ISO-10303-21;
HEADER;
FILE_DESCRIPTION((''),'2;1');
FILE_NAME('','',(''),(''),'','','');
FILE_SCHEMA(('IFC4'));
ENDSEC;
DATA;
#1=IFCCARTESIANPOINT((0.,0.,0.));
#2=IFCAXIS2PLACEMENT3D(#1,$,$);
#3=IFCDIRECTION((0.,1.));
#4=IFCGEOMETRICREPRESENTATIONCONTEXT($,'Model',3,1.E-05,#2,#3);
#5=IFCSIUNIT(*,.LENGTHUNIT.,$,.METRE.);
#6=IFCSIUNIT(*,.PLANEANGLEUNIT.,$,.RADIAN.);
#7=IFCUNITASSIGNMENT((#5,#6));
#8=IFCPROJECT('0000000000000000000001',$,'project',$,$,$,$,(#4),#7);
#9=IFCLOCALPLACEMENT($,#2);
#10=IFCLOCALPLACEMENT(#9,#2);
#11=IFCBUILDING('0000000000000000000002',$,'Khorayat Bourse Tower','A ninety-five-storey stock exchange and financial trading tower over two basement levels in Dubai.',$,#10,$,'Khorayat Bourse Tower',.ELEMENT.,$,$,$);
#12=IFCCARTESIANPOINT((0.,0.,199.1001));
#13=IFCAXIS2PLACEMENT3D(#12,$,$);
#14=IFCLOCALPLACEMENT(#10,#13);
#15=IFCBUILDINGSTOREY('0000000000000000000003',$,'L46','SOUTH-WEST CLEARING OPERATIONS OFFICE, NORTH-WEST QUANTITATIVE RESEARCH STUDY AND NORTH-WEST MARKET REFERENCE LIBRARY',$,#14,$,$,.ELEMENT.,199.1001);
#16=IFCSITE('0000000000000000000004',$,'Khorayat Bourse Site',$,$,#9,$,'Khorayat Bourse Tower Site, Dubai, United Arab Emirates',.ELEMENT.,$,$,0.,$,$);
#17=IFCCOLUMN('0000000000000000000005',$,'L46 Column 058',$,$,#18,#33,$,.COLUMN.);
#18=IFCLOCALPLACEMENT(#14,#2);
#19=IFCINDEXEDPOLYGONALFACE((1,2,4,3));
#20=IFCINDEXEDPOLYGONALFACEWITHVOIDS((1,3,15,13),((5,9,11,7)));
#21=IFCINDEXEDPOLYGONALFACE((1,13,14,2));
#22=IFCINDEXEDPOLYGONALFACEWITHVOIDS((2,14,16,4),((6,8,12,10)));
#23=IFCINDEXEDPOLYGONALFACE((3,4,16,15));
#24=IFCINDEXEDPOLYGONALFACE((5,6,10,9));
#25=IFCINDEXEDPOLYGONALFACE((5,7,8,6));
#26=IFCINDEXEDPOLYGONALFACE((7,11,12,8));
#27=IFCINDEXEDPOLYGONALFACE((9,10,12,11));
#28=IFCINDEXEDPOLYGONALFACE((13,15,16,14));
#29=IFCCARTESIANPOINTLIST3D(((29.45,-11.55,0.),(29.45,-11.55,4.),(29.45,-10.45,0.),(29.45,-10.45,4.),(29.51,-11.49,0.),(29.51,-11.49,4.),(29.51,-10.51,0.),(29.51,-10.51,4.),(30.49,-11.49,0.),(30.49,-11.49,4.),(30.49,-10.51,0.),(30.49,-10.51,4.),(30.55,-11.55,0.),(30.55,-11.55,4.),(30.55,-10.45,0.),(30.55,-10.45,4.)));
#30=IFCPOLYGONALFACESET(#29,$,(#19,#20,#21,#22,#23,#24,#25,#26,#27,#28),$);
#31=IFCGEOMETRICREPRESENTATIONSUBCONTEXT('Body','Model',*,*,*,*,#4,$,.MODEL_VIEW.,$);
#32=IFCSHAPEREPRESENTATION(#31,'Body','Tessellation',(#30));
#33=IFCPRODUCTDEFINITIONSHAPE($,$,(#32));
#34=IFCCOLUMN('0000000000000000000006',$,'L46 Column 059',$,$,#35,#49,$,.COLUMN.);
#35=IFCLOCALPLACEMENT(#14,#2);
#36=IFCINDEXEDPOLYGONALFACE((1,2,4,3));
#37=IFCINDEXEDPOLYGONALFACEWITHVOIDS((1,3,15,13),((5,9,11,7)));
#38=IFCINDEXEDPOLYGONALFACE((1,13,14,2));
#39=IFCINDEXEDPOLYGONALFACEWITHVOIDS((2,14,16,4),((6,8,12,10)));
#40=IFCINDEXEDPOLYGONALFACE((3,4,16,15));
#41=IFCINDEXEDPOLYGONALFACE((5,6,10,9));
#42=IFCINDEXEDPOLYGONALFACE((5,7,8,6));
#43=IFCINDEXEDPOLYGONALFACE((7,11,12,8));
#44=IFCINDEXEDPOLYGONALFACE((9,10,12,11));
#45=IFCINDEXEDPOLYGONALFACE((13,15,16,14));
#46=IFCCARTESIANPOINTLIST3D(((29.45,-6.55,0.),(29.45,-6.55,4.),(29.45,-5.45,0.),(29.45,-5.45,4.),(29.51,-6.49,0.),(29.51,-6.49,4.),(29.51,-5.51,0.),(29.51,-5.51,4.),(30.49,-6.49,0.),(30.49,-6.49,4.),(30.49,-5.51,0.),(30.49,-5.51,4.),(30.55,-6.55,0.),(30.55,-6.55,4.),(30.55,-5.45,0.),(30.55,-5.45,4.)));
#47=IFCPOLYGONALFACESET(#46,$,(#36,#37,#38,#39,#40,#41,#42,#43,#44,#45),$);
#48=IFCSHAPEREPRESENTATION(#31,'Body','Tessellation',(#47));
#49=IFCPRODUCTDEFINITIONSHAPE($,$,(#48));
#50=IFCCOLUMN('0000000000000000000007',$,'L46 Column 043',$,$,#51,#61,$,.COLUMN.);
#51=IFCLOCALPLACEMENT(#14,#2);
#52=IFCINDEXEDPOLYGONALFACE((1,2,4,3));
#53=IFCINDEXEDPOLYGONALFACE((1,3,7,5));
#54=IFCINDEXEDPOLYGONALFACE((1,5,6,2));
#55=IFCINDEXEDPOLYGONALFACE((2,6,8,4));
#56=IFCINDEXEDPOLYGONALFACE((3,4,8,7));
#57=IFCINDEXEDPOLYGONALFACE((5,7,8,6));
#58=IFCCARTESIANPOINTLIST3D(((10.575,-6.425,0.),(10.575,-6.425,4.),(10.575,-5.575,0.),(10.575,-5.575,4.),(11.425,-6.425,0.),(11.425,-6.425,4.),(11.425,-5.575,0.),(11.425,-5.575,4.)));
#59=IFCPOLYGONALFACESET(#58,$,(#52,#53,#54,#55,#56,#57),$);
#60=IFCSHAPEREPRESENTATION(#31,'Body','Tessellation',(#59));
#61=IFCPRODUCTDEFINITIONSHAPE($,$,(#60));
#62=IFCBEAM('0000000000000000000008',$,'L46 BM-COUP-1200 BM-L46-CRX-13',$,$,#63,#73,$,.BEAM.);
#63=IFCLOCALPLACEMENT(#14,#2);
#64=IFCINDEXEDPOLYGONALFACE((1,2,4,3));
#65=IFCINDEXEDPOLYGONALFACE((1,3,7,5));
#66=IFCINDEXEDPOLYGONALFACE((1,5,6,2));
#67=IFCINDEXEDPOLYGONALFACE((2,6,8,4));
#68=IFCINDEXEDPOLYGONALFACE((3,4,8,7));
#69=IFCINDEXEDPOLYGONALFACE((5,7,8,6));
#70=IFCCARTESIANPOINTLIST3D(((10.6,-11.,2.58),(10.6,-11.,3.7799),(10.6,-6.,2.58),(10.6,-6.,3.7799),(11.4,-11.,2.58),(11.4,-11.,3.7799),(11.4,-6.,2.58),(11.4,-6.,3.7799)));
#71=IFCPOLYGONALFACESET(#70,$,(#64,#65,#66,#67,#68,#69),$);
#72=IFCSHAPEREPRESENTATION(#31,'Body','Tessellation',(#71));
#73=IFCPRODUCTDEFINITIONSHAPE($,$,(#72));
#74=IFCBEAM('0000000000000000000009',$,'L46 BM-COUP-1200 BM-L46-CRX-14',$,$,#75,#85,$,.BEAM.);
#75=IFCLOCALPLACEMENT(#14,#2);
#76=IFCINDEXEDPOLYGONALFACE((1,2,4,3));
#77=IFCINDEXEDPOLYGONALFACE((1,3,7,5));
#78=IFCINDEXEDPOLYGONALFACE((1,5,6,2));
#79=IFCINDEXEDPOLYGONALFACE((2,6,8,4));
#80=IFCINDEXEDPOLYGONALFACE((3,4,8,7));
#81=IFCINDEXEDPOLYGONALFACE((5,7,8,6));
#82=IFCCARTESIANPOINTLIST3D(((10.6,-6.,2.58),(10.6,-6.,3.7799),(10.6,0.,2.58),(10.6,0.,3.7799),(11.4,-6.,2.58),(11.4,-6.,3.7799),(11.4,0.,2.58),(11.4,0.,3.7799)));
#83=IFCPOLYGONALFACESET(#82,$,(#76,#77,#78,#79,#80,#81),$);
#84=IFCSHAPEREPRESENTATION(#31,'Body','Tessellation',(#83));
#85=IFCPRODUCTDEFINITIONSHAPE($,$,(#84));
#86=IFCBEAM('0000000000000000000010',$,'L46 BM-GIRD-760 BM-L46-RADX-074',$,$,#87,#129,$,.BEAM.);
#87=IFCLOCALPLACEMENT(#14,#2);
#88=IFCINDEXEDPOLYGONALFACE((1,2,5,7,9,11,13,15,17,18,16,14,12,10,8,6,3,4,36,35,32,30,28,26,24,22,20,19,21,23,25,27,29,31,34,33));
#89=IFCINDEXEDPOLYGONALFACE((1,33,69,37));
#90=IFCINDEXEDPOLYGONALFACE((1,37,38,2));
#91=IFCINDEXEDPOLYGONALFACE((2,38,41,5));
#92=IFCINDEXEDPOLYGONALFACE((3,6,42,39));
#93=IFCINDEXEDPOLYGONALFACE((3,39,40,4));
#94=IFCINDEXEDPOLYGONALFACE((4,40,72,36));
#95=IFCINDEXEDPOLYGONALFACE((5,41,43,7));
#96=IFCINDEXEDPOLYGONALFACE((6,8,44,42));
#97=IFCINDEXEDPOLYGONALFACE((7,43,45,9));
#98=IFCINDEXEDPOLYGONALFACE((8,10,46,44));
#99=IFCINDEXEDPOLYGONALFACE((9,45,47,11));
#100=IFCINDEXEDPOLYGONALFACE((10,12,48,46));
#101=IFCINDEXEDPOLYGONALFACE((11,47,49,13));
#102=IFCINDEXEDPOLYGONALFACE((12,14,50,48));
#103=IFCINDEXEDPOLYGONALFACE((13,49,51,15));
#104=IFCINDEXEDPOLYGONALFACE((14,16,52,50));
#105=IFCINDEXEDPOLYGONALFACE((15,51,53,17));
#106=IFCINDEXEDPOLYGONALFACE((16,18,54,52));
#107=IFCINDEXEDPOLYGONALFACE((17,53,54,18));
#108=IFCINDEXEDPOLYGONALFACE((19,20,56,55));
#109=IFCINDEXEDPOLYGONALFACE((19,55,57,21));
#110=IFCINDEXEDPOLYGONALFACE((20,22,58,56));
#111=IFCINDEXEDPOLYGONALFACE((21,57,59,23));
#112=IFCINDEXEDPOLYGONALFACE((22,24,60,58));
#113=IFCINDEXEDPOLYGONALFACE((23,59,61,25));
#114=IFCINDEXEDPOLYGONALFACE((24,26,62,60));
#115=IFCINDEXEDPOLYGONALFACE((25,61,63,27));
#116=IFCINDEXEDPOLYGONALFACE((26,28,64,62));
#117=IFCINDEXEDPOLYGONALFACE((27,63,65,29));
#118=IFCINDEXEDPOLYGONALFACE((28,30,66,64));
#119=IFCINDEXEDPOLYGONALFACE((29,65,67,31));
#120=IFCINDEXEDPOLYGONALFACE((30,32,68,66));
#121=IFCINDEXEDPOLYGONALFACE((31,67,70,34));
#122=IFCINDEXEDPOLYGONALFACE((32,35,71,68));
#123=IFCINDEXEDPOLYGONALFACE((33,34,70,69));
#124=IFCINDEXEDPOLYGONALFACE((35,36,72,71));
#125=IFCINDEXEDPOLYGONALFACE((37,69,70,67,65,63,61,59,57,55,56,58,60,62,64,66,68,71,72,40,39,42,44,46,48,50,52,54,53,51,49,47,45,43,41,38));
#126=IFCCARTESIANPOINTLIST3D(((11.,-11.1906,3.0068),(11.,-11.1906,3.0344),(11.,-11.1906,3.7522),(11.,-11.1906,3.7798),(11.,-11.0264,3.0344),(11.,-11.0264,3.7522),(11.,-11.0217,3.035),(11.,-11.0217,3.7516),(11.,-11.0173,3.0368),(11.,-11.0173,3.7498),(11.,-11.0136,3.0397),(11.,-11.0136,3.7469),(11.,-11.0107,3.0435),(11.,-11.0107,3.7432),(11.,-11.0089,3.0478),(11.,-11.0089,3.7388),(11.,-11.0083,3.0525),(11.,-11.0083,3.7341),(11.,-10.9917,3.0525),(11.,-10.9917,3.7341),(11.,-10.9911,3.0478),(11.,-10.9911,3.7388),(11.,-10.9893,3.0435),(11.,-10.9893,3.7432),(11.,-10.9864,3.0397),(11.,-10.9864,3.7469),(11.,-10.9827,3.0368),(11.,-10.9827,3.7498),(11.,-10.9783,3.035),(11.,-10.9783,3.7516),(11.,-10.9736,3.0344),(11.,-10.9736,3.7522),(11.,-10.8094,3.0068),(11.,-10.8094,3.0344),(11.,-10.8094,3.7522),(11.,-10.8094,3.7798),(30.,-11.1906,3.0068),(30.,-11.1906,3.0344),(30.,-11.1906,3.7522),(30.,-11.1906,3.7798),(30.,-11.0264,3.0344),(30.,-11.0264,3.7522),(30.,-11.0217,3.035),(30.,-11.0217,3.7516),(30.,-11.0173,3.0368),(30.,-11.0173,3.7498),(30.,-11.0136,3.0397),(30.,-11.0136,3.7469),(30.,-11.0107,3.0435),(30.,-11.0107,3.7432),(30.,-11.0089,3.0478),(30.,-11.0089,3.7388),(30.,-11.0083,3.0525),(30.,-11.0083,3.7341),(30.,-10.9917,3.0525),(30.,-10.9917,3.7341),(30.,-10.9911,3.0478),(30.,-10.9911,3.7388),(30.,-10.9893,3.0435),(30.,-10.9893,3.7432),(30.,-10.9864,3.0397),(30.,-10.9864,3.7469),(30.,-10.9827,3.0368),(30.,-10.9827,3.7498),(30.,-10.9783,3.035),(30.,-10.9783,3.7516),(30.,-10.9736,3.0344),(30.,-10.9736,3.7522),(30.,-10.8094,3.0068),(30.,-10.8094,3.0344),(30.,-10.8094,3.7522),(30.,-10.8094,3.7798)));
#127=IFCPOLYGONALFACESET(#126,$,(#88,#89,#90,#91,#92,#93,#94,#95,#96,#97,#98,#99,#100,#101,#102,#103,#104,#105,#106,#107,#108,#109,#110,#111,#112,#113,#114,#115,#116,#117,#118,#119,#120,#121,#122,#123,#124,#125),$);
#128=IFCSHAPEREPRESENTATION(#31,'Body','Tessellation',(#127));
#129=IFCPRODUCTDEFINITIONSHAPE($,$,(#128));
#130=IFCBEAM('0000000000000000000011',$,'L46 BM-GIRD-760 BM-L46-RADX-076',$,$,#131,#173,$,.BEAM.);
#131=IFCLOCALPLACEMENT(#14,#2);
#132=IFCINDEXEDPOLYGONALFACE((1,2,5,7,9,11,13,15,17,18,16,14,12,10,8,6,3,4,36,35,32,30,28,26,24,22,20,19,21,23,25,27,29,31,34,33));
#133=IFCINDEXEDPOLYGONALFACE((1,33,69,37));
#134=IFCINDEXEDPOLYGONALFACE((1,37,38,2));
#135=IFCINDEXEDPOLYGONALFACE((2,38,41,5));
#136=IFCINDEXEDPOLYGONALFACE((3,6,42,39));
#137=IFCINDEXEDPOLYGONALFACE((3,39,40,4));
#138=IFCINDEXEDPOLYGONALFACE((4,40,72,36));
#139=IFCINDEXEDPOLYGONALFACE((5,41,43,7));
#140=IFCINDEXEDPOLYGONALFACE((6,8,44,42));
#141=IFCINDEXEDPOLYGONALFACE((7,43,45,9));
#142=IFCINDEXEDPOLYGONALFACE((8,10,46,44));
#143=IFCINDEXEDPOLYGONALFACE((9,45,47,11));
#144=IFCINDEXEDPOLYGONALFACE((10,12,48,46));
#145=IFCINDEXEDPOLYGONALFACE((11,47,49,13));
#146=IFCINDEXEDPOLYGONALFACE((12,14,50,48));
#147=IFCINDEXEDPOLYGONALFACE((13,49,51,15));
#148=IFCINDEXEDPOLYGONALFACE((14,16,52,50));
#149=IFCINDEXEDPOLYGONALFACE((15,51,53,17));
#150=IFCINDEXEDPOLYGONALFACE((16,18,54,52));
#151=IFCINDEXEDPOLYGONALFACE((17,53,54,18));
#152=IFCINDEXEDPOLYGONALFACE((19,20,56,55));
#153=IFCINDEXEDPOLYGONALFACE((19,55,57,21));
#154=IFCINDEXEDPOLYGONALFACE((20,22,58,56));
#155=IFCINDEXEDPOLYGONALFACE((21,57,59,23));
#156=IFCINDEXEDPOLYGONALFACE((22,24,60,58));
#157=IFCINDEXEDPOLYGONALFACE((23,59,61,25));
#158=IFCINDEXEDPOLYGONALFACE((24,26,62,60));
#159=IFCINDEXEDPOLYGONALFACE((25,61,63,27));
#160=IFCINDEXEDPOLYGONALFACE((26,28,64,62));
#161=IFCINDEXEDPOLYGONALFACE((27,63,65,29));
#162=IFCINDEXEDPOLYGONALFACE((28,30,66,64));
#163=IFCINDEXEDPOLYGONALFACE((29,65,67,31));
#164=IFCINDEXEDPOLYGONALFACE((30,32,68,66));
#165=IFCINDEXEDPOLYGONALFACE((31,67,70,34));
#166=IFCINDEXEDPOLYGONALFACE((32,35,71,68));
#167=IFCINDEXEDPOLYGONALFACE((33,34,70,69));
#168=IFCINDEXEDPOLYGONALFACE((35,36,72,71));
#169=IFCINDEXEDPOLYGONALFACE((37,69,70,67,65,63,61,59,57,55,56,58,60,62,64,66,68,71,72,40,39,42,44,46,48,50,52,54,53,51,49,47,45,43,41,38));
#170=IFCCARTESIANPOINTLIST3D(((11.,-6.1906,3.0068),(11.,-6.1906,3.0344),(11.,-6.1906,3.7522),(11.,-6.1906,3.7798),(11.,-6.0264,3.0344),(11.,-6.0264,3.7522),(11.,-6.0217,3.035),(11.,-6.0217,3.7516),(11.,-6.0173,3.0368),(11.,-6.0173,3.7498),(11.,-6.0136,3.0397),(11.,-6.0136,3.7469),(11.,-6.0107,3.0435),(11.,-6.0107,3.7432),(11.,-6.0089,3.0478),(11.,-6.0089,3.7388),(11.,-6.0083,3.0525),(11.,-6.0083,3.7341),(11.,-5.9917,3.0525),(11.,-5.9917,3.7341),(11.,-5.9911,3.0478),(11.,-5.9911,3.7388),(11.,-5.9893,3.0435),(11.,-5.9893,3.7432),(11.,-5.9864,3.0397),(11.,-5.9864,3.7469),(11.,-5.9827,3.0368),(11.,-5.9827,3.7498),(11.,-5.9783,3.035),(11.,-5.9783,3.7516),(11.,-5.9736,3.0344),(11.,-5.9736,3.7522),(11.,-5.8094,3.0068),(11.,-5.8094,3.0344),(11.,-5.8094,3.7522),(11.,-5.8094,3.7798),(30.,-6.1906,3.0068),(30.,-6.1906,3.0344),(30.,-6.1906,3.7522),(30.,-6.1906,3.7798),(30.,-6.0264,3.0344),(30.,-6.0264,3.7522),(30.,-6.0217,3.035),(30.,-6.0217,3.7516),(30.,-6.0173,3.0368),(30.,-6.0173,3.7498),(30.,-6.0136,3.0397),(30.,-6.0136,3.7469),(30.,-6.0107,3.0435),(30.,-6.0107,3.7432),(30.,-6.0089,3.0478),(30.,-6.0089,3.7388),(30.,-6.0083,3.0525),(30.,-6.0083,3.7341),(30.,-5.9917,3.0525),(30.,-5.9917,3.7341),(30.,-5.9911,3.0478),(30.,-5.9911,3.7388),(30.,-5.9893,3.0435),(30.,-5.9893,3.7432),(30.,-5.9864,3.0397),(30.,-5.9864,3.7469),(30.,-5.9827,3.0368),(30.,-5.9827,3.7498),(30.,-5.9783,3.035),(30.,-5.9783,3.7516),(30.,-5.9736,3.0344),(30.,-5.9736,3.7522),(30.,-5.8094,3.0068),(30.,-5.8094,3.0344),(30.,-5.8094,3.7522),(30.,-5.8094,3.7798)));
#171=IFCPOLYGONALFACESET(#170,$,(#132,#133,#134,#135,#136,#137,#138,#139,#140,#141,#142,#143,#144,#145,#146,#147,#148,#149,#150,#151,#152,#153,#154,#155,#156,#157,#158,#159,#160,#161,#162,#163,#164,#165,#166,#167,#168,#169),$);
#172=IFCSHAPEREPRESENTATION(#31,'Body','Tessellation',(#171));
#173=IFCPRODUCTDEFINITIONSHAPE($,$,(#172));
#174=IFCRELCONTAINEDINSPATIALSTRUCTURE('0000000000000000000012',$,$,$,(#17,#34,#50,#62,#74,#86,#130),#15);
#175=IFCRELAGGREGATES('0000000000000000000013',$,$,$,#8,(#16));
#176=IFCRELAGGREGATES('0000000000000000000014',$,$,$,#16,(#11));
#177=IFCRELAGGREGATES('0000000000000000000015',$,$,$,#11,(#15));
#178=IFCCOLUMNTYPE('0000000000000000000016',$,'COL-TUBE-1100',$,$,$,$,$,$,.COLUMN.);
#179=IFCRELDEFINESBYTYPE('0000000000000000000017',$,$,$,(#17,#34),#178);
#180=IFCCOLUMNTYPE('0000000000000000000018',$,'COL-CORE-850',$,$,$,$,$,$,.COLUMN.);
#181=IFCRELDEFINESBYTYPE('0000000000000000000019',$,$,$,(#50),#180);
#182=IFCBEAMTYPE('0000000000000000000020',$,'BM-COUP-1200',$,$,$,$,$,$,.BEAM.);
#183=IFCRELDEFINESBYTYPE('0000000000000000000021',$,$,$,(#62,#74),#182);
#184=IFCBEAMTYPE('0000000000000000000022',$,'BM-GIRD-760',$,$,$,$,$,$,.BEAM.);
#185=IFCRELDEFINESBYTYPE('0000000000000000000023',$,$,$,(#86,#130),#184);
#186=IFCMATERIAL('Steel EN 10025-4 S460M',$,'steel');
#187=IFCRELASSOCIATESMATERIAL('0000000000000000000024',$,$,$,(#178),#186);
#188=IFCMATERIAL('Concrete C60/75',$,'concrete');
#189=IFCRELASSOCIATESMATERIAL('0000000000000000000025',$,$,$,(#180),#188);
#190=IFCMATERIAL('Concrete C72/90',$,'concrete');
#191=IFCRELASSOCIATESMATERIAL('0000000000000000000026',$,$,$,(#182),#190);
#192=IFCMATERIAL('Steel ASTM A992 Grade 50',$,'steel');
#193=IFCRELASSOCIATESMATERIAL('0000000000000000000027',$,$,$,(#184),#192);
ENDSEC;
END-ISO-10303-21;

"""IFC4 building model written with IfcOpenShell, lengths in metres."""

from ifc_helpers import new_model, si_unit, direction, frame, origin, origin_2d, place, context, subcontext, project, spatial, rectangle, hollow_rectangle, i_section, extrude, source, transform, mapped, material, material_profile, profile_set, type_object, element, save


model = new_model("IFC4")

# Units and contexts
model_context = context("Model", 3, precision=1e-05, world=origin(), true_north=direction((0.0, 1.0)))
body_context = subcontext(model_context, "Body", "Model", "MODEL_VIEW")
ifc_project = project(units=[si_unit("LENGTHUNIT", "METRE"), si_unit("PLANEANGLEUNIT", "RADIAN")], contexts=[model_context])

# Site, building, storey
site_placement = place(None, origin())
site = spatial("IfcSite", under=ifc_project, at=site_placement, Name="Khorayat Bourse Site", LongName="Khorayat Bourse Tower Site, Dubai, United Arab Emirates", CompositionType="ELEMENT", RefElevation=0.0)
building_placement = place(site_placement, origin())
building = spatial("IfcBuilding", under=site, at=building_placement, Name="Khorayat Bourse Tower", Description="A ninety-five-storey stock exchange and financial trading tower over two basement levels in Dubai.", LongName="Khorayat Bourse Tower", CompositionType="ELEMENT")
storey_placement = place(building_placement, frame((0.0, 0.0, 199.1001)))
storey = spatial("IfcBuildingStorey", under=building, at=storey_placement, Name="L46", Description="SOUTH-WEST CLEARING OPERATIONS OFFICE, NORTH-WEST QUANTITATIVE RESEARCH STUDY AND NORTH-WEST MARKET REFERENCE LIBRARY", CompositionType="ELEMENT", Elevation=199.1001)

# Columns
ifc_material_1 = material(Name="Steel EN 10025-4 S460M", Category="steel")
ifc_material_profile_1 = material_profile(ifc_material_1, hollow_rectangle(XDim=1.1001, YDim=1.1001, WallThickness=0.0601, at=origin_2d()), Name="BOX 1100x1100x60")
ifc_profile_set_1 = profile_set([ifc_material_profile_1], Name="Steel EN 10025-4 S460M")
column_type_1 = type_object("IfcColumnType", Name="COL-TUBE-1100", PredefinedType="COLUMN", material=ifc_profile_set_1)
shared_shape_1 = source(origin(), body_context, "Body", "SweptSolid", [
    extrude(hollow_rectangle(XDim=1.1001, YDim=1.1001, WallThickness=0.0601, at=origin_2d()), origin(), (0.0, 0.0, 1.0), 4.0),
])
for number, where, z_axis, x_axis, name in (
    (1, (30.0, -11.0, 0.0), (0.0, 0.0, 1.0), (1.0, 0.0, 0.0), "L46 Column 058"),
    (2, (30.0, -6.0, 0.0), (0.0, 0.0, 1.0), (1.0, 0.0, 0.0), "L46 Column 059"),
):
    element("IfcColumn", number, at=place(storey_placement, frame(where, z_axis=z_axis, x_axis=x_axis)), inside=storey, type_object=column_type_1, Name=name, PredefinedType="COLUMN", context=body_context, shape_type="MappedRepresentation", body=[
        mapped(shared_shape_1, transform((0.0, 0.0, 0.0), scale=1.0)),
    ])
ifc_material_2 = material(Name="Concrete C60/75", Category="concrete")
ifc_material_profile_2 = material_profile(ifc_material_2, rectangle(XDim=0.8501, YDim=0.8501, at=origin_2d()), Name="RC 850x850")
ifc_profile_set_2 = profile_set([ifc_material_profile_2], Name="Concrete C60/75")
column_type_2 = type_object("IfcColumnType", Name="COL-CORE-850", PredefinedType="COLUMN", material=ifc_profile_set_2)
shared_shape_2 = source(origin(), body_context, "Body", "SweptSolid", [
    extrude(rectangle(XDim=0.8501, YDim=0.8501, at=origin_2d()), origin(), (0.0, 0.0, 1.0), 4.0),
])
column_placement = place(storey_placement, frame((11.0, -6.0, 0.0), z_axis=(0.0, 0.0, 1.0), x_axis=(1.0, 0.0, 0.0)))
element("IfcColumn", 3, at=column_placement, inside=storey, type_object=column_type_2, Name="L46 Column 043", PredefinedType="COLUMN", context=body_context, shape_type="MappedRepresentation", body=[
    mapped(shared_shape_2, transform((0.0, 0.0, 0.0), scale=1.0)),
])

# Beams
ifc_material_3 = material(Name="Concrete C72/90", Category="concrete")
ifc_material_profile_3 = material_profile(ifc_material_3, rectangle(XDim=0.8, YDim=1.2, at=origin_2d()), Name="RC 800x1200")
ifc_profile_set_3 = profile_set([ifc_material_profile_3], Name="Concrete C72/90")
beam_type_1 = type_object("IfcBeamType", Name="BM-COUP-1200", PredefinedType="BEAM", material=ifc_profile_set_3)
shared_shape_3 = source(origin(), body_context, "Body", "SweptSolid", [
    extrude(rectangle(XDim=0.8, YDim=1.2, at=origin_2d()), origin(), (0.0, 0.0, 1.0), 5.0),
])
beam_1_placement = place(storey_placement, frame((11.0, -11.0, 3.1799), z_axis=(0.0, 1.0, 0.0), x_axis=(-1.0, 0.0, 0.0)))
element("IfcBeam", 4, at=beam_1_placement, inside=storey, type_object=beam_type_1, Name="L46 BM-COUP-1200 BM-L46-CRX-13", PredefinedType="BEAM", context=body_context, shape_type="MappedRepresentation", body=[
    mapped(shared_shape_3, transform((0.0, 0.0, 0.0), scale=1.0)),
])
shared_shape_4 = source(origin(), body_context, "Body", "SweptSolid", [
    extrude(rectangle(XDim=0.8, YDim=1.2, at=origin_2d()), origin(), (0.0, 0.0, 1.0), 6.0),
])
beam_2_placement = place(storey_placement, frame((11.0, -6.0, 3.1799), z_axis=(0.0, 1.0, 0.0), x_axis=(-1.0, 0.0, 0.0)))
element("IfcBeam", 5, at=beam_2_placement, inside=storey, type_object=beam_type_1, Name="L46 BM-COUP-1200 BM-L46-CRX-14", PredefinedType="BEAM", context=body_context, shape_type="MappedRepresentation", body=[
    mapped(shared_shape_4, transform((0.0, 0.0, 0.0), scale=1.0)),
])
ifc_material_4 = material(Name="Steel ASTM A992 Grade 50", Category="steel")
ifc_material_profile_4 = material_profile(ifc_material_4, i_section(OverallWidth=0.3811, OverallDepth=0.7729, WebThickness=0.0166, FlangeThickness=0.0276, FilletRadius=0.0181, at=origin_2d()), Name="W760X257")
ifc_profile_set_4 = profile_set([ifc_material_profile_4], Name="Steel ASTM A992 Grade 50")
beam_type_2 = type_object("IfcBeamType", Name="BM-GIRD-760", PredefinedType="BEAM", material=ifc_profile_set_4)
shared_shape_5 = source(origin(), body_context, "Body", "SweptSolid", [
    extrude(i_section(OverallWidth=0.3811, OverallDepth=0.7729, WebThickness=0.0166, FlangeThickness=0.0276, FilletRadius=0.0181, at=origin_2d()), origin(), (0.0, 0.0, 1.0), 19.0),
])
for number, where, z_axis, x_axis, name in (
    (6, (11.0, -11.0, 3.3933), (1.0, 0.0, 0.0), (0.0, 1.0, 0.0), "L46 BM-GIRD-760 BM-L46-RADX-074"),
    (7, (11.0, -6.0, 3.3933), (1.0, 0.0, 0.0), (0.0, 1.0, 0.0), "L46 BM-GIRD-760 BM-L46-RADX-076"),
):
    element("IfcBeam", number, at=place(storey_placement, frame(where, z_axis=z_axis, x_axis=x_axis)), inside=storey, type_object=beam_type_2, Name=name, PredefinedType="BEAM", context=body_context, shape_type="MappedRepresentation", body=[
        mapped(shared_shape_5, transform((0.0, 0.0, 0.0), scale=1.0)),
    ])

save(model, "model.ifc")
